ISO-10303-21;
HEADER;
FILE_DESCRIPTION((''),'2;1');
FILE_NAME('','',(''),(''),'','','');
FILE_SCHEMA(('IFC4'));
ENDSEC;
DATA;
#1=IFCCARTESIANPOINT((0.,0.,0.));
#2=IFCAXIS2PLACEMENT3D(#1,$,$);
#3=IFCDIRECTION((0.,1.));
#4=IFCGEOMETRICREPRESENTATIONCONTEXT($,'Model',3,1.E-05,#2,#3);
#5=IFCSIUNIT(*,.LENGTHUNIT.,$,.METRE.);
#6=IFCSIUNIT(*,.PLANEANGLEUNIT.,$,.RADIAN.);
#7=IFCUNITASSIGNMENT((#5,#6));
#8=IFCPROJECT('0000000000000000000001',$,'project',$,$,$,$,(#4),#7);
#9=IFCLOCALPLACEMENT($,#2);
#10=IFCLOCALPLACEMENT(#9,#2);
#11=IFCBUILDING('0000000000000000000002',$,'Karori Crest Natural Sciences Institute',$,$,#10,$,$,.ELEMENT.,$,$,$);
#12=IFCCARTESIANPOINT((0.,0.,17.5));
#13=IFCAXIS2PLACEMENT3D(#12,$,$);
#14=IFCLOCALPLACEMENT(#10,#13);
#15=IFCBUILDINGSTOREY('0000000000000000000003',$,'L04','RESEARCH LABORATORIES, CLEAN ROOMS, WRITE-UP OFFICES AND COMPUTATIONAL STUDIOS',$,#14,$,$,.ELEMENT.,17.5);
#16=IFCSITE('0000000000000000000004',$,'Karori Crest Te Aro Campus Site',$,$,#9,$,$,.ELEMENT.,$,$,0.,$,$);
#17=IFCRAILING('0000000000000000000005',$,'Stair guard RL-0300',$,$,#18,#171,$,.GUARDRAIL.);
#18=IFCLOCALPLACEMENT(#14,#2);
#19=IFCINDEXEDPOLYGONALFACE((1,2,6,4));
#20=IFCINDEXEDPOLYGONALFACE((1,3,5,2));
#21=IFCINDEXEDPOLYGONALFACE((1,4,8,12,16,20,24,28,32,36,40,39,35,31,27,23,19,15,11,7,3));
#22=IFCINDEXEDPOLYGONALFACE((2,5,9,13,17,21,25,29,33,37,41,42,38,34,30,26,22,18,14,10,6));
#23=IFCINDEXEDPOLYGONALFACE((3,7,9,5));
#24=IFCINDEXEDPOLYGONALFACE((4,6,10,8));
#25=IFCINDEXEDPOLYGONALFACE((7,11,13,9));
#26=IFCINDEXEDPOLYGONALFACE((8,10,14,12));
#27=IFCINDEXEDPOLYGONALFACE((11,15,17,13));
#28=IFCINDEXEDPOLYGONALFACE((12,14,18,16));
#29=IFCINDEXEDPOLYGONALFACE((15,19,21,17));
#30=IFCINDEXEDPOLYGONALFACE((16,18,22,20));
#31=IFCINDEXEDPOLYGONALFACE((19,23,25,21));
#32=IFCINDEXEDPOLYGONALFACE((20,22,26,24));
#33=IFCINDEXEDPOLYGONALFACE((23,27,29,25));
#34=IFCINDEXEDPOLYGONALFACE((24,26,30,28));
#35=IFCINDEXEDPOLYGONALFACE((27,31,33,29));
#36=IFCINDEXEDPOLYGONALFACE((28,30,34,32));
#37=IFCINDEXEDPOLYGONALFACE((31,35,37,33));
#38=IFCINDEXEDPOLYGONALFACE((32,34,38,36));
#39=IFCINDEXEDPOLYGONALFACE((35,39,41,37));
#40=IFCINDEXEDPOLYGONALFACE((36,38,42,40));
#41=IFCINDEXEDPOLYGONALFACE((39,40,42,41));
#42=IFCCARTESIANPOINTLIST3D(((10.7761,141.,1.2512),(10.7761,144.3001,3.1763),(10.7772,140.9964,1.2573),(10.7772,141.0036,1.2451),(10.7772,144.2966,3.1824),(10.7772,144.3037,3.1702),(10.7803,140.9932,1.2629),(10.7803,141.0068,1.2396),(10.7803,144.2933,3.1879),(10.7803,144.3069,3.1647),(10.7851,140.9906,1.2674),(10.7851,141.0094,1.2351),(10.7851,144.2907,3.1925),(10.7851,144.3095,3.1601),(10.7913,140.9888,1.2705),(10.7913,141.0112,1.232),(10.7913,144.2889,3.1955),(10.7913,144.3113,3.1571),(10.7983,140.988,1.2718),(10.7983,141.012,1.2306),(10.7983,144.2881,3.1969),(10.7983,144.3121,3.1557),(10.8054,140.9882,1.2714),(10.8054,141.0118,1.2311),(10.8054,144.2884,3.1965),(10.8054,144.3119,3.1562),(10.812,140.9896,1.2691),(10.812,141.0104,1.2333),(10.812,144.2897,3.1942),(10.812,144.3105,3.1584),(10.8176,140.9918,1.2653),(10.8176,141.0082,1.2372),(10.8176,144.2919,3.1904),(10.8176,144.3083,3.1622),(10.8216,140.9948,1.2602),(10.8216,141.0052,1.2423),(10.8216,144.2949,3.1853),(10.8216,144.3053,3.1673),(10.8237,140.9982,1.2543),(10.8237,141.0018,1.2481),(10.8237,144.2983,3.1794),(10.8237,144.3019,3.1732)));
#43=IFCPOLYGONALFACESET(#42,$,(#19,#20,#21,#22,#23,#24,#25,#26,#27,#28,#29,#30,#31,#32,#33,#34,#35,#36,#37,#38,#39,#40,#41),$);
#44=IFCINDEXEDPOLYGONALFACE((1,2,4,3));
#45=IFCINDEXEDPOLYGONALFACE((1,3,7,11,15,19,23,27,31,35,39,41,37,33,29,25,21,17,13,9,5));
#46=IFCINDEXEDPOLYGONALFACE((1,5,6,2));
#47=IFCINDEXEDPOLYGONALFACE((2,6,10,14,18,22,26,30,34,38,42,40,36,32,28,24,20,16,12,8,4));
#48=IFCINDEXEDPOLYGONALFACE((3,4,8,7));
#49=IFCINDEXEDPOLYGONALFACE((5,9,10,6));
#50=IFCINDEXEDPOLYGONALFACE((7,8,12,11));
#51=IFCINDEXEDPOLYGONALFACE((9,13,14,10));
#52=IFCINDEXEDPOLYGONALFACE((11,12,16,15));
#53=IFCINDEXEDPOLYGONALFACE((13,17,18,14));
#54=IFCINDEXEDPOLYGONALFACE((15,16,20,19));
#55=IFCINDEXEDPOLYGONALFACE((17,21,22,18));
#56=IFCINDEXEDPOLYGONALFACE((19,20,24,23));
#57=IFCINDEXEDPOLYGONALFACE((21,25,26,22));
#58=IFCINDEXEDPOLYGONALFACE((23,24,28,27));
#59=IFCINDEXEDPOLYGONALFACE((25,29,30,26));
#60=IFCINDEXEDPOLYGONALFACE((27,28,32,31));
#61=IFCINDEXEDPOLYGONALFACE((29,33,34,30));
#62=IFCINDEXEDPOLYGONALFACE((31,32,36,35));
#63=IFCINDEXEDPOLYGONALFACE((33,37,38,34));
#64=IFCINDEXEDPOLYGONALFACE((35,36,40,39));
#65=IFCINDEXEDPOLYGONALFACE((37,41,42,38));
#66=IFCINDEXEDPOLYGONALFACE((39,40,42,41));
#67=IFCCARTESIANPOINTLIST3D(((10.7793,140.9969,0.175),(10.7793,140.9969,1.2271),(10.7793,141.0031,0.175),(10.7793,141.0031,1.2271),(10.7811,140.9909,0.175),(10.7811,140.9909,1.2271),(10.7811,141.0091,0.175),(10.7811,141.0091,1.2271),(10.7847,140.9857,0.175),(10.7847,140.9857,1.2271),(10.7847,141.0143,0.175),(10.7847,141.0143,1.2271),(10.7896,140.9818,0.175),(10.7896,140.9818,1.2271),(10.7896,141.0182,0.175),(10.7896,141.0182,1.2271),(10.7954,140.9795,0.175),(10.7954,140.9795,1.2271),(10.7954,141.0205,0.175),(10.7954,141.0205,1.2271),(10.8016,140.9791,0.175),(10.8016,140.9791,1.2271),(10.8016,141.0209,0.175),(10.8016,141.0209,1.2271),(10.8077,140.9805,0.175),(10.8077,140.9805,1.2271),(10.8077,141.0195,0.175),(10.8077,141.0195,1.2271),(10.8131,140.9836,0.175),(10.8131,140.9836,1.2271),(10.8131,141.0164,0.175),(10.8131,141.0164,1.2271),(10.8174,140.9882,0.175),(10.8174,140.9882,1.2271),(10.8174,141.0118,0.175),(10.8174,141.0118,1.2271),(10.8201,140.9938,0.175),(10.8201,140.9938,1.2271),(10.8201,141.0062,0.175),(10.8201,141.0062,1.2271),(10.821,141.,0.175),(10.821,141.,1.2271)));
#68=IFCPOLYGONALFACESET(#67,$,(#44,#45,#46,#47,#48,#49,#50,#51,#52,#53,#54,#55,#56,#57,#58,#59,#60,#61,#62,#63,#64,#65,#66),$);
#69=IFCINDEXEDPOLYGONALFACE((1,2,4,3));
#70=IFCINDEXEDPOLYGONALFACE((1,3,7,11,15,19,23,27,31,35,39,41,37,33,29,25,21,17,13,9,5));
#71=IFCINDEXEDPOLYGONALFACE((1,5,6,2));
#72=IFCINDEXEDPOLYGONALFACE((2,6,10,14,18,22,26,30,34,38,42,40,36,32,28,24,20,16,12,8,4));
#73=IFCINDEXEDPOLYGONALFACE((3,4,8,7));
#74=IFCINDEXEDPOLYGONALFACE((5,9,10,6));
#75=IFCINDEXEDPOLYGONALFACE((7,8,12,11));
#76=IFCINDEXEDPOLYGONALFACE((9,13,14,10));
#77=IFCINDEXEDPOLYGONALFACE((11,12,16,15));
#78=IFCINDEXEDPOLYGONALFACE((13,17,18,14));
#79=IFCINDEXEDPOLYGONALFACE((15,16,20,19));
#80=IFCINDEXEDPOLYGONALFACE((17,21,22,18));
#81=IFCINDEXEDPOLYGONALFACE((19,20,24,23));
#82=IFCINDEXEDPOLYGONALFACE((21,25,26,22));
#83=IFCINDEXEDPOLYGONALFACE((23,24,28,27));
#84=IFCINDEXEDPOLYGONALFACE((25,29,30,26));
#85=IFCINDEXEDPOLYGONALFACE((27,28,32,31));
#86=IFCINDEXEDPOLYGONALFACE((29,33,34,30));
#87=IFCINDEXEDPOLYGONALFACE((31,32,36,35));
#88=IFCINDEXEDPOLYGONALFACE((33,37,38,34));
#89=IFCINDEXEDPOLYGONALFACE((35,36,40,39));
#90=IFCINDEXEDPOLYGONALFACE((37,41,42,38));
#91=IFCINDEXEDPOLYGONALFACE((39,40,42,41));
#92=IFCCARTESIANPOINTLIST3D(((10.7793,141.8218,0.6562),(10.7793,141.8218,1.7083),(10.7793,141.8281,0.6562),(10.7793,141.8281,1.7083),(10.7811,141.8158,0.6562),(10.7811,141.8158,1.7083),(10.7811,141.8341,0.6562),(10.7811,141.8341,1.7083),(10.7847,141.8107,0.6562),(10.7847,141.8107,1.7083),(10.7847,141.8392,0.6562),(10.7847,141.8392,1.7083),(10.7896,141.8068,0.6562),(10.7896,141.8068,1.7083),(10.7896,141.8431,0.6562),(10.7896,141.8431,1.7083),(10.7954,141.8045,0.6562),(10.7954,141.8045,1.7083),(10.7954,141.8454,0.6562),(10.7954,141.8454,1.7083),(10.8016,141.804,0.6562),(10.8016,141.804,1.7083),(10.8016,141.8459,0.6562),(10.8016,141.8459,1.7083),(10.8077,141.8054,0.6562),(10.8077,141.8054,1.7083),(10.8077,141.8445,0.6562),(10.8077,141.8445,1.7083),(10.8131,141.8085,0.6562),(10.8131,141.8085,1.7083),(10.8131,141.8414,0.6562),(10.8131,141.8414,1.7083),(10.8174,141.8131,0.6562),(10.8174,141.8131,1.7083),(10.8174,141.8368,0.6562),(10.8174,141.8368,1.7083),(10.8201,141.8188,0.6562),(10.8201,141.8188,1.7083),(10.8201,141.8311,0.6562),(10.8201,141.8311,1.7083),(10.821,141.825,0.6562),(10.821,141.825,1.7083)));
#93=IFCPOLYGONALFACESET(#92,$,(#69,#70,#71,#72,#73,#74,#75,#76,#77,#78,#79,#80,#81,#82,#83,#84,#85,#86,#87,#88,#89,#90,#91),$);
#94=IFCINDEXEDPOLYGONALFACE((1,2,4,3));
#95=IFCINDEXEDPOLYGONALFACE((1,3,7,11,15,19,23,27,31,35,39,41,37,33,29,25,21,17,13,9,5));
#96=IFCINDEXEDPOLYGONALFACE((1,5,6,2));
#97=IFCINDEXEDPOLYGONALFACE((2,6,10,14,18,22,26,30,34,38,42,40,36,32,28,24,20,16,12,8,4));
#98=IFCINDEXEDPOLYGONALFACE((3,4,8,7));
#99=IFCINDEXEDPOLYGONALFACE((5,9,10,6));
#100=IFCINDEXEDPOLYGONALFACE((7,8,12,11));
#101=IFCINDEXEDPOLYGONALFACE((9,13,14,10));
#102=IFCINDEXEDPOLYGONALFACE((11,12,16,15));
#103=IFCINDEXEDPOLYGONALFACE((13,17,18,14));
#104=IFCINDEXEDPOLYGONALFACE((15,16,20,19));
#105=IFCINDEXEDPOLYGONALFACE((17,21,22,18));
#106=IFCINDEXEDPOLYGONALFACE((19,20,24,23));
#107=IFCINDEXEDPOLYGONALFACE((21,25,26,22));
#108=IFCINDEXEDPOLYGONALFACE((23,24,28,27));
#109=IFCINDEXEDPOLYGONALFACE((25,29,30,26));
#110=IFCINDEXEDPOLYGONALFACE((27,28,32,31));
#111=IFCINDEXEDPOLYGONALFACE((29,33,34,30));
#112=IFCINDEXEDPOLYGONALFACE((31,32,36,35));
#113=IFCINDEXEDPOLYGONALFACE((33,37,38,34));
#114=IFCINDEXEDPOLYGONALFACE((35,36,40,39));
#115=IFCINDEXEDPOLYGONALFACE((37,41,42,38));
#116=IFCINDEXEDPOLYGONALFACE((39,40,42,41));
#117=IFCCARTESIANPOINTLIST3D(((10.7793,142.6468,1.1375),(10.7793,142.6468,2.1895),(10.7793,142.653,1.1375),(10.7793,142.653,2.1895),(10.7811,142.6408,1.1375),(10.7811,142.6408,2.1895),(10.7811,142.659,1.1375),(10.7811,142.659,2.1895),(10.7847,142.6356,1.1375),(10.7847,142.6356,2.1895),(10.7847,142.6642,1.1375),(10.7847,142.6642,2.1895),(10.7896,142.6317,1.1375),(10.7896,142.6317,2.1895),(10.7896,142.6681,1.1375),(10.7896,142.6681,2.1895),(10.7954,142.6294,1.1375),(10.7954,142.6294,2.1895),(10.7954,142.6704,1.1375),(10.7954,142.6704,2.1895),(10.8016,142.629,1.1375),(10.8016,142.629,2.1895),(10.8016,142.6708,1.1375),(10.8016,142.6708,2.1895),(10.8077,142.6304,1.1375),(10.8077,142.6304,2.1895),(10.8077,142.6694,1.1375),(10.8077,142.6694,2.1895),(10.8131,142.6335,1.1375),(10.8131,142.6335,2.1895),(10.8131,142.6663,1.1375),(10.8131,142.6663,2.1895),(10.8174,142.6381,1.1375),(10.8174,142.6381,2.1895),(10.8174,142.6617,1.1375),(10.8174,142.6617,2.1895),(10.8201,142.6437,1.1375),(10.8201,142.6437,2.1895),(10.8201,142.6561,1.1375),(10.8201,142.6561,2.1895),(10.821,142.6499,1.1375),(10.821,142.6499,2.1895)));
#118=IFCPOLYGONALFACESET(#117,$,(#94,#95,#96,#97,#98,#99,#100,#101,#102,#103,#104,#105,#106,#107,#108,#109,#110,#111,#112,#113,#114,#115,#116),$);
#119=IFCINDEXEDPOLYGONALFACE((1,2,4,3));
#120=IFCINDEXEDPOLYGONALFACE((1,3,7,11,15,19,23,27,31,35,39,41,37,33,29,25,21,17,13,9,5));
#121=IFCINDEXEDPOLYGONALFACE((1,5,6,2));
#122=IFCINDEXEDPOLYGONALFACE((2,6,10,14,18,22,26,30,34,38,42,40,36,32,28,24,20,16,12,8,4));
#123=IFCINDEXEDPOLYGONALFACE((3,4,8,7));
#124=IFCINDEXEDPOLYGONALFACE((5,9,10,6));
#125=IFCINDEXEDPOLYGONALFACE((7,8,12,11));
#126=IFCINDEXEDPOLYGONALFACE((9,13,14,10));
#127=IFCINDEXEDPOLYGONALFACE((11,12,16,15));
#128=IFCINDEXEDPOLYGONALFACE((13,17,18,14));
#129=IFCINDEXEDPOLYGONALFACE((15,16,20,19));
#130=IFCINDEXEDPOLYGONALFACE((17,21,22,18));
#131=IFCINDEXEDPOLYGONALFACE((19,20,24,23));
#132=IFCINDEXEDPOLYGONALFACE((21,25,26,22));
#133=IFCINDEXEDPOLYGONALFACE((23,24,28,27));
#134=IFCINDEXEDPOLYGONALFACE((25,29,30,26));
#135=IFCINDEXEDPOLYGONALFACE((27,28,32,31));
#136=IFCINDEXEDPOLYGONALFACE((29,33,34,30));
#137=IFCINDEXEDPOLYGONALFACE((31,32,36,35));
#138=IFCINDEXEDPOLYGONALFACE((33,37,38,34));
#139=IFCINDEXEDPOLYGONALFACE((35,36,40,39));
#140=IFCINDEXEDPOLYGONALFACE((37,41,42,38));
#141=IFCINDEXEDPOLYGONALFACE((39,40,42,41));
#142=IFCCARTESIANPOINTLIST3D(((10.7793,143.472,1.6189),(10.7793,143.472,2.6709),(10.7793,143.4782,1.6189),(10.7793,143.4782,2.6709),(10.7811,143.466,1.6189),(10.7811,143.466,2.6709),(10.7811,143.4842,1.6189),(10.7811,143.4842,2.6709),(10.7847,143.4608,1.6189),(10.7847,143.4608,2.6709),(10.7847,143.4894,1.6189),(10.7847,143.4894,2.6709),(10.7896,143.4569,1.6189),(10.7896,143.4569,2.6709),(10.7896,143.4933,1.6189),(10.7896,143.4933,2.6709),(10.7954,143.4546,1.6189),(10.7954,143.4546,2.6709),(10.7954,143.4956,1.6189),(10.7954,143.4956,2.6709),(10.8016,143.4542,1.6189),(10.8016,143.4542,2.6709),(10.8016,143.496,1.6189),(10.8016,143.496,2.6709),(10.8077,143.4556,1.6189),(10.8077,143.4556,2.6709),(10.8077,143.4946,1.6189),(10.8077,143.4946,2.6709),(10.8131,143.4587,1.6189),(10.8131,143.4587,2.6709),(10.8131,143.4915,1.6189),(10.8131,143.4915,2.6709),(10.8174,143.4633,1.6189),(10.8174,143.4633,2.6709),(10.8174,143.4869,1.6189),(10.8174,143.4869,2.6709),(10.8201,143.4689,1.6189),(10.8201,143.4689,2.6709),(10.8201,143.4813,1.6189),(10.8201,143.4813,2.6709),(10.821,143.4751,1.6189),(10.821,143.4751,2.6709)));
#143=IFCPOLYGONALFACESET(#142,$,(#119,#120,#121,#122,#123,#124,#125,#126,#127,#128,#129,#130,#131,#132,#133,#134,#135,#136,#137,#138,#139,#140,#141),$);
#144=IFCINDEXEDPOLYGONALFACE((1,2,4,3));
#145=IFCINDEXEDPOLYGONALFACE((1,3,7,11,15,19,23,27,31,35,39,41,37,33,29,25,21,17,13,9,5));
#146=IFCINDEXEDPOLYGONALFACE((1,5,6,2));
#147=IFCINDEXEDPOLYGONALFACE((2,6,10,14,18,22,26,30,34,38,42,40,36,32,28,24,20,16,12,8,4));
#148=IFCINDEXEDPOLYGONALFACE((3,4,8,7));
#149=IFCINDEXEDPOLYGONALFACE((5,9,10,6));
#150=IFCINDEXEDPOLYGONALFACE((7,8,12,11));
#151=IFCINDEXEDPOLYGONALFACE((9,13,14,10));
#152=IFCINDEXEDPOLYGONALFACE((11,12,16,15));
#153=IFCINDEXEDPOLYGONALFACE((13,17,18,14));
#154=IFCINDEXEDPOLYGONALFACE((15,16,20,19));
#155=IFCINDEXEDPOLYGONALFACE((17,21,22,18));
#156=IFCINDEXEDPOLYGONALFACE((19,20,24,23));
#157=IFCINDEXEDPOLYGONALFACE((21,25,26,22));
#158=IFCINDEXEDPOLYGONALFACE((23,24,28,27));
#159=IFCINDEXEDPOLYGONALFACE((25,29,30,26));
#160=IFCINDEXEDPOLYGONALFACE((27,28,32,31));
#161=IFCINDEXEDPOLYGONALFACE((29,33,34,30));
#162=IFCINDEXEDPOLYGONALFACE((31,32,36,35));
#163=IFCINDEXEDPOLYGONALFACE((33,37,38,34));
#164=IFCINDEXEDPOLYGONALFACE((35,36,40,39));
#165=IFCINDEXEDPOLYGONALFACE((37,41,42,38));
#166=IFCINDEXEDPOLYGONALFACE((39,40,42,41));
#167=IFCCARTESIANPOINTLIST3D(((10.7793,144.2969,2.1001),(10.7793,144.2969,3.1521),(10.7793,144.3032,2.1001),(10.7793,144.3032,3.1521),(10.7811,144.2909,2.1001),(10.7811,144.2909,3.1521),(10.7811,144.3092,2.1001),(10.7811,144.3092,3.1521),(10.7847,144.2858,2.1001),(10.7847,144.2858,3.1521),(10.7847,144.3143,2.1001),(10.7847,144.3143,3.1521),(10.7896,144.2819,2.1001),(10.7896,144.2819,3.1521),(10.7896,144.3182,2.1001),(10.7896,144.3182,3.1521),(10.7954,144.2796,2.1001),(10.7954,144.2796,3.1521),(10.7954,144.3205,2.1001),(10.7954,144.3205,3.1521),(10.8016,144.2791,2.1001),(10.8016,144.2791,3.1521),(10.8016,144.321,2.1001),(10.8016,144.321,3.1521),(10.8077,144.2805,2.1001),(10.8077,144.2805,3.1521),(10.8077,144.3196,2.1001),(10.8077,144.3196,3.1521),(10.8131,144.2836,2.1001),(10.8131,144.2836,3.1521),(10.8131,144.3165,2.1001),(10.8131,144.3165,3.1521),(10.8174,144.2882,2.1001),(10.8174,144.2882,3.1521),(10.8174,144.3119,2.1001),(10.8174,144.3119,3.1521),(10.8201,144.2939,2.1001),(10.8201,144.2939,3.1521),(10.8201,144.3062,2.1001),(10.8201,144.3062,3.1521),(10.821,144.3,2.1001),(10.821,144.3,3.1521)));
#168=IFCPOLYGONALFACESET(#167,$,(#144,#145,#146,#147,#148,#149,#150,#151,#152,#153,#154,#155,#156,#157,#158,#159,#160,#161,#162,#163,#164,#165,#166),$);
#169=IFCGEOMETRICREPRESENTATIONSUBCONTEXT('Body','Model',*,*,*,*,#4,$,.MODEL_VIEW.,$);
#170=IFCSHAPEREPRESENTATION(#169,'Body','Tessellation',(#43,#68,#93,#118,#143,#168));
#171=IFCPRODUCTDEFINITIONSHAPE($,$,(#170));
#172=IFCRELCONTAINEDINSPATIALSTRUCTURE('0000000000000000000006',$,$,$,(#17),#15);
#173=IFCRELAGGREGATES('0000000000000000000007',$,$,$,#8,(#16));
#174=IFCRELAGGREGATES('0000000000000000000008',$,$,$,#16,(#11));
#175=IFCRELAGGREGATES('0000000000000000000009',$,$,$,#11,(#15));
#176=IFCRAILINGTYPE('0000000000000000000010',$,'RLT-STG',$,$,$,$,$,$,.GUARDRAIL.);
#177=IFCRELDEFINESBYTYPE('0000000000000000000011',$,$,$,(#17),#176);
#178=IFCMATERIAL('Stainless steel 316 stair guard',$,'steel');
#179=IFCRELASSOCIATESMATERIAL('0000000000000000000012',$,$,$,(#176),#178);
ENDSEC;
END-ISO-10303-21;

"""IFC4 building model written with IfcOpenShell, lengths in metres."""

from ifc_helpers import new_model, si_unit, direction, frame, origin, origin_2d, place, context, subcontext, project, spatial, circle, extrude, material, type_object, element, save


model = new_model("IFC4")

# Units and contexts
model_context = context("Model", 3, precision=1e-05, world=origin(), true_north=direction((0.0, 1.0)))
body_context = subcontext(model_context, "Body", "Model", "MODEL_VIEW")
ifc_project = project(units=[si_unit("LENGTHUNIT", "METRE"), si_unit("PLANEANGLEUNIT", "RADIAN")], contexts=[model_context])

# Site, building, storey
site_placement = place(None, origin())
site = spatial("IfcSite", under=ifc_project, at=site_placement, Name="Karori Crest Te Aro Campus Site", CompositionType="ELEMENT", RefElevation=0.0)
building_placement = place(site_placement, origin())
building = spatial("IfcBuilding", under=site, at=building_placement, Name="Karori Crest Natural Sciences Institute", CompositionType="ELEMENT")
storey_placement = place(building_placement, frame((0.0, 0.0, 17.5)))
storey = spatial("IfcBuildingStorey", under=building, at=storey_placement, Name="L04", Description="RESEARCH LABORATORIES, CLEAN ROOMS, WRITE-UP OFFICES AND COMPUTATIONAL STUDIOS", CompositionType="ELEMENT", Elevation=17.5)

# Railing
ifc_material_1 = material(Name="Stainless steel 316 stair guard", Category="steel")
railing_type_1 = type_object("IfcRailingType", Name="RLT-STG", PredefinedType="GUARDRAIL", material=ifc_material_1)
railing_1_placement = place(storey_placement, frame((10.8, 141.0, 0.175)))
element("IfcRailing", 1, at=railing_1_placement, inside=storey, type_object=railing_type_1, Name="Stair guard RL-0300", PredefinedType="GUARDRAIL", context=body_context, shape_type="SweptSolid", body=[
    extrude(circle(Radius=0.0239, at=origin_2d()), frame((0.0, 0.0, 1.0762), z_axis=(0.0, 0.863777, 0.503875), x_axis=(-1.0, 0.0, 0.0)), (0.0, 0.0, 1.0), 3.8206),
    extrude(circle(Radius=0.021, at=origin_2d()), origin(), (0.0, 0.0, 1.0), 1.052),
    extrude(circle(Radius=0.021, at=origin_2d()), frame((0.0, 0.825, 0.4812)), (0.0, 0.0, 1.0), 1.052),
    extrude(circle(Radius=0.021, at=origin_2d()), frame((0.0, 1.6499, 0.9624)), (0.0, 0.0, 1.0), 1.052),
    extrude(circle(Radius=0.021, at=origin_2d()), frame((0.0, 2.4751, 1.4438)), (0.0, 0.0, 1.0), 1.052),
    extrude(circle(Radius=0.021, at=origin_2d()), frame((0.0, 3.3, 1.925)), (0.0, 0.0, 1.0), 1.052),
])

save(model, "model.ifc")
